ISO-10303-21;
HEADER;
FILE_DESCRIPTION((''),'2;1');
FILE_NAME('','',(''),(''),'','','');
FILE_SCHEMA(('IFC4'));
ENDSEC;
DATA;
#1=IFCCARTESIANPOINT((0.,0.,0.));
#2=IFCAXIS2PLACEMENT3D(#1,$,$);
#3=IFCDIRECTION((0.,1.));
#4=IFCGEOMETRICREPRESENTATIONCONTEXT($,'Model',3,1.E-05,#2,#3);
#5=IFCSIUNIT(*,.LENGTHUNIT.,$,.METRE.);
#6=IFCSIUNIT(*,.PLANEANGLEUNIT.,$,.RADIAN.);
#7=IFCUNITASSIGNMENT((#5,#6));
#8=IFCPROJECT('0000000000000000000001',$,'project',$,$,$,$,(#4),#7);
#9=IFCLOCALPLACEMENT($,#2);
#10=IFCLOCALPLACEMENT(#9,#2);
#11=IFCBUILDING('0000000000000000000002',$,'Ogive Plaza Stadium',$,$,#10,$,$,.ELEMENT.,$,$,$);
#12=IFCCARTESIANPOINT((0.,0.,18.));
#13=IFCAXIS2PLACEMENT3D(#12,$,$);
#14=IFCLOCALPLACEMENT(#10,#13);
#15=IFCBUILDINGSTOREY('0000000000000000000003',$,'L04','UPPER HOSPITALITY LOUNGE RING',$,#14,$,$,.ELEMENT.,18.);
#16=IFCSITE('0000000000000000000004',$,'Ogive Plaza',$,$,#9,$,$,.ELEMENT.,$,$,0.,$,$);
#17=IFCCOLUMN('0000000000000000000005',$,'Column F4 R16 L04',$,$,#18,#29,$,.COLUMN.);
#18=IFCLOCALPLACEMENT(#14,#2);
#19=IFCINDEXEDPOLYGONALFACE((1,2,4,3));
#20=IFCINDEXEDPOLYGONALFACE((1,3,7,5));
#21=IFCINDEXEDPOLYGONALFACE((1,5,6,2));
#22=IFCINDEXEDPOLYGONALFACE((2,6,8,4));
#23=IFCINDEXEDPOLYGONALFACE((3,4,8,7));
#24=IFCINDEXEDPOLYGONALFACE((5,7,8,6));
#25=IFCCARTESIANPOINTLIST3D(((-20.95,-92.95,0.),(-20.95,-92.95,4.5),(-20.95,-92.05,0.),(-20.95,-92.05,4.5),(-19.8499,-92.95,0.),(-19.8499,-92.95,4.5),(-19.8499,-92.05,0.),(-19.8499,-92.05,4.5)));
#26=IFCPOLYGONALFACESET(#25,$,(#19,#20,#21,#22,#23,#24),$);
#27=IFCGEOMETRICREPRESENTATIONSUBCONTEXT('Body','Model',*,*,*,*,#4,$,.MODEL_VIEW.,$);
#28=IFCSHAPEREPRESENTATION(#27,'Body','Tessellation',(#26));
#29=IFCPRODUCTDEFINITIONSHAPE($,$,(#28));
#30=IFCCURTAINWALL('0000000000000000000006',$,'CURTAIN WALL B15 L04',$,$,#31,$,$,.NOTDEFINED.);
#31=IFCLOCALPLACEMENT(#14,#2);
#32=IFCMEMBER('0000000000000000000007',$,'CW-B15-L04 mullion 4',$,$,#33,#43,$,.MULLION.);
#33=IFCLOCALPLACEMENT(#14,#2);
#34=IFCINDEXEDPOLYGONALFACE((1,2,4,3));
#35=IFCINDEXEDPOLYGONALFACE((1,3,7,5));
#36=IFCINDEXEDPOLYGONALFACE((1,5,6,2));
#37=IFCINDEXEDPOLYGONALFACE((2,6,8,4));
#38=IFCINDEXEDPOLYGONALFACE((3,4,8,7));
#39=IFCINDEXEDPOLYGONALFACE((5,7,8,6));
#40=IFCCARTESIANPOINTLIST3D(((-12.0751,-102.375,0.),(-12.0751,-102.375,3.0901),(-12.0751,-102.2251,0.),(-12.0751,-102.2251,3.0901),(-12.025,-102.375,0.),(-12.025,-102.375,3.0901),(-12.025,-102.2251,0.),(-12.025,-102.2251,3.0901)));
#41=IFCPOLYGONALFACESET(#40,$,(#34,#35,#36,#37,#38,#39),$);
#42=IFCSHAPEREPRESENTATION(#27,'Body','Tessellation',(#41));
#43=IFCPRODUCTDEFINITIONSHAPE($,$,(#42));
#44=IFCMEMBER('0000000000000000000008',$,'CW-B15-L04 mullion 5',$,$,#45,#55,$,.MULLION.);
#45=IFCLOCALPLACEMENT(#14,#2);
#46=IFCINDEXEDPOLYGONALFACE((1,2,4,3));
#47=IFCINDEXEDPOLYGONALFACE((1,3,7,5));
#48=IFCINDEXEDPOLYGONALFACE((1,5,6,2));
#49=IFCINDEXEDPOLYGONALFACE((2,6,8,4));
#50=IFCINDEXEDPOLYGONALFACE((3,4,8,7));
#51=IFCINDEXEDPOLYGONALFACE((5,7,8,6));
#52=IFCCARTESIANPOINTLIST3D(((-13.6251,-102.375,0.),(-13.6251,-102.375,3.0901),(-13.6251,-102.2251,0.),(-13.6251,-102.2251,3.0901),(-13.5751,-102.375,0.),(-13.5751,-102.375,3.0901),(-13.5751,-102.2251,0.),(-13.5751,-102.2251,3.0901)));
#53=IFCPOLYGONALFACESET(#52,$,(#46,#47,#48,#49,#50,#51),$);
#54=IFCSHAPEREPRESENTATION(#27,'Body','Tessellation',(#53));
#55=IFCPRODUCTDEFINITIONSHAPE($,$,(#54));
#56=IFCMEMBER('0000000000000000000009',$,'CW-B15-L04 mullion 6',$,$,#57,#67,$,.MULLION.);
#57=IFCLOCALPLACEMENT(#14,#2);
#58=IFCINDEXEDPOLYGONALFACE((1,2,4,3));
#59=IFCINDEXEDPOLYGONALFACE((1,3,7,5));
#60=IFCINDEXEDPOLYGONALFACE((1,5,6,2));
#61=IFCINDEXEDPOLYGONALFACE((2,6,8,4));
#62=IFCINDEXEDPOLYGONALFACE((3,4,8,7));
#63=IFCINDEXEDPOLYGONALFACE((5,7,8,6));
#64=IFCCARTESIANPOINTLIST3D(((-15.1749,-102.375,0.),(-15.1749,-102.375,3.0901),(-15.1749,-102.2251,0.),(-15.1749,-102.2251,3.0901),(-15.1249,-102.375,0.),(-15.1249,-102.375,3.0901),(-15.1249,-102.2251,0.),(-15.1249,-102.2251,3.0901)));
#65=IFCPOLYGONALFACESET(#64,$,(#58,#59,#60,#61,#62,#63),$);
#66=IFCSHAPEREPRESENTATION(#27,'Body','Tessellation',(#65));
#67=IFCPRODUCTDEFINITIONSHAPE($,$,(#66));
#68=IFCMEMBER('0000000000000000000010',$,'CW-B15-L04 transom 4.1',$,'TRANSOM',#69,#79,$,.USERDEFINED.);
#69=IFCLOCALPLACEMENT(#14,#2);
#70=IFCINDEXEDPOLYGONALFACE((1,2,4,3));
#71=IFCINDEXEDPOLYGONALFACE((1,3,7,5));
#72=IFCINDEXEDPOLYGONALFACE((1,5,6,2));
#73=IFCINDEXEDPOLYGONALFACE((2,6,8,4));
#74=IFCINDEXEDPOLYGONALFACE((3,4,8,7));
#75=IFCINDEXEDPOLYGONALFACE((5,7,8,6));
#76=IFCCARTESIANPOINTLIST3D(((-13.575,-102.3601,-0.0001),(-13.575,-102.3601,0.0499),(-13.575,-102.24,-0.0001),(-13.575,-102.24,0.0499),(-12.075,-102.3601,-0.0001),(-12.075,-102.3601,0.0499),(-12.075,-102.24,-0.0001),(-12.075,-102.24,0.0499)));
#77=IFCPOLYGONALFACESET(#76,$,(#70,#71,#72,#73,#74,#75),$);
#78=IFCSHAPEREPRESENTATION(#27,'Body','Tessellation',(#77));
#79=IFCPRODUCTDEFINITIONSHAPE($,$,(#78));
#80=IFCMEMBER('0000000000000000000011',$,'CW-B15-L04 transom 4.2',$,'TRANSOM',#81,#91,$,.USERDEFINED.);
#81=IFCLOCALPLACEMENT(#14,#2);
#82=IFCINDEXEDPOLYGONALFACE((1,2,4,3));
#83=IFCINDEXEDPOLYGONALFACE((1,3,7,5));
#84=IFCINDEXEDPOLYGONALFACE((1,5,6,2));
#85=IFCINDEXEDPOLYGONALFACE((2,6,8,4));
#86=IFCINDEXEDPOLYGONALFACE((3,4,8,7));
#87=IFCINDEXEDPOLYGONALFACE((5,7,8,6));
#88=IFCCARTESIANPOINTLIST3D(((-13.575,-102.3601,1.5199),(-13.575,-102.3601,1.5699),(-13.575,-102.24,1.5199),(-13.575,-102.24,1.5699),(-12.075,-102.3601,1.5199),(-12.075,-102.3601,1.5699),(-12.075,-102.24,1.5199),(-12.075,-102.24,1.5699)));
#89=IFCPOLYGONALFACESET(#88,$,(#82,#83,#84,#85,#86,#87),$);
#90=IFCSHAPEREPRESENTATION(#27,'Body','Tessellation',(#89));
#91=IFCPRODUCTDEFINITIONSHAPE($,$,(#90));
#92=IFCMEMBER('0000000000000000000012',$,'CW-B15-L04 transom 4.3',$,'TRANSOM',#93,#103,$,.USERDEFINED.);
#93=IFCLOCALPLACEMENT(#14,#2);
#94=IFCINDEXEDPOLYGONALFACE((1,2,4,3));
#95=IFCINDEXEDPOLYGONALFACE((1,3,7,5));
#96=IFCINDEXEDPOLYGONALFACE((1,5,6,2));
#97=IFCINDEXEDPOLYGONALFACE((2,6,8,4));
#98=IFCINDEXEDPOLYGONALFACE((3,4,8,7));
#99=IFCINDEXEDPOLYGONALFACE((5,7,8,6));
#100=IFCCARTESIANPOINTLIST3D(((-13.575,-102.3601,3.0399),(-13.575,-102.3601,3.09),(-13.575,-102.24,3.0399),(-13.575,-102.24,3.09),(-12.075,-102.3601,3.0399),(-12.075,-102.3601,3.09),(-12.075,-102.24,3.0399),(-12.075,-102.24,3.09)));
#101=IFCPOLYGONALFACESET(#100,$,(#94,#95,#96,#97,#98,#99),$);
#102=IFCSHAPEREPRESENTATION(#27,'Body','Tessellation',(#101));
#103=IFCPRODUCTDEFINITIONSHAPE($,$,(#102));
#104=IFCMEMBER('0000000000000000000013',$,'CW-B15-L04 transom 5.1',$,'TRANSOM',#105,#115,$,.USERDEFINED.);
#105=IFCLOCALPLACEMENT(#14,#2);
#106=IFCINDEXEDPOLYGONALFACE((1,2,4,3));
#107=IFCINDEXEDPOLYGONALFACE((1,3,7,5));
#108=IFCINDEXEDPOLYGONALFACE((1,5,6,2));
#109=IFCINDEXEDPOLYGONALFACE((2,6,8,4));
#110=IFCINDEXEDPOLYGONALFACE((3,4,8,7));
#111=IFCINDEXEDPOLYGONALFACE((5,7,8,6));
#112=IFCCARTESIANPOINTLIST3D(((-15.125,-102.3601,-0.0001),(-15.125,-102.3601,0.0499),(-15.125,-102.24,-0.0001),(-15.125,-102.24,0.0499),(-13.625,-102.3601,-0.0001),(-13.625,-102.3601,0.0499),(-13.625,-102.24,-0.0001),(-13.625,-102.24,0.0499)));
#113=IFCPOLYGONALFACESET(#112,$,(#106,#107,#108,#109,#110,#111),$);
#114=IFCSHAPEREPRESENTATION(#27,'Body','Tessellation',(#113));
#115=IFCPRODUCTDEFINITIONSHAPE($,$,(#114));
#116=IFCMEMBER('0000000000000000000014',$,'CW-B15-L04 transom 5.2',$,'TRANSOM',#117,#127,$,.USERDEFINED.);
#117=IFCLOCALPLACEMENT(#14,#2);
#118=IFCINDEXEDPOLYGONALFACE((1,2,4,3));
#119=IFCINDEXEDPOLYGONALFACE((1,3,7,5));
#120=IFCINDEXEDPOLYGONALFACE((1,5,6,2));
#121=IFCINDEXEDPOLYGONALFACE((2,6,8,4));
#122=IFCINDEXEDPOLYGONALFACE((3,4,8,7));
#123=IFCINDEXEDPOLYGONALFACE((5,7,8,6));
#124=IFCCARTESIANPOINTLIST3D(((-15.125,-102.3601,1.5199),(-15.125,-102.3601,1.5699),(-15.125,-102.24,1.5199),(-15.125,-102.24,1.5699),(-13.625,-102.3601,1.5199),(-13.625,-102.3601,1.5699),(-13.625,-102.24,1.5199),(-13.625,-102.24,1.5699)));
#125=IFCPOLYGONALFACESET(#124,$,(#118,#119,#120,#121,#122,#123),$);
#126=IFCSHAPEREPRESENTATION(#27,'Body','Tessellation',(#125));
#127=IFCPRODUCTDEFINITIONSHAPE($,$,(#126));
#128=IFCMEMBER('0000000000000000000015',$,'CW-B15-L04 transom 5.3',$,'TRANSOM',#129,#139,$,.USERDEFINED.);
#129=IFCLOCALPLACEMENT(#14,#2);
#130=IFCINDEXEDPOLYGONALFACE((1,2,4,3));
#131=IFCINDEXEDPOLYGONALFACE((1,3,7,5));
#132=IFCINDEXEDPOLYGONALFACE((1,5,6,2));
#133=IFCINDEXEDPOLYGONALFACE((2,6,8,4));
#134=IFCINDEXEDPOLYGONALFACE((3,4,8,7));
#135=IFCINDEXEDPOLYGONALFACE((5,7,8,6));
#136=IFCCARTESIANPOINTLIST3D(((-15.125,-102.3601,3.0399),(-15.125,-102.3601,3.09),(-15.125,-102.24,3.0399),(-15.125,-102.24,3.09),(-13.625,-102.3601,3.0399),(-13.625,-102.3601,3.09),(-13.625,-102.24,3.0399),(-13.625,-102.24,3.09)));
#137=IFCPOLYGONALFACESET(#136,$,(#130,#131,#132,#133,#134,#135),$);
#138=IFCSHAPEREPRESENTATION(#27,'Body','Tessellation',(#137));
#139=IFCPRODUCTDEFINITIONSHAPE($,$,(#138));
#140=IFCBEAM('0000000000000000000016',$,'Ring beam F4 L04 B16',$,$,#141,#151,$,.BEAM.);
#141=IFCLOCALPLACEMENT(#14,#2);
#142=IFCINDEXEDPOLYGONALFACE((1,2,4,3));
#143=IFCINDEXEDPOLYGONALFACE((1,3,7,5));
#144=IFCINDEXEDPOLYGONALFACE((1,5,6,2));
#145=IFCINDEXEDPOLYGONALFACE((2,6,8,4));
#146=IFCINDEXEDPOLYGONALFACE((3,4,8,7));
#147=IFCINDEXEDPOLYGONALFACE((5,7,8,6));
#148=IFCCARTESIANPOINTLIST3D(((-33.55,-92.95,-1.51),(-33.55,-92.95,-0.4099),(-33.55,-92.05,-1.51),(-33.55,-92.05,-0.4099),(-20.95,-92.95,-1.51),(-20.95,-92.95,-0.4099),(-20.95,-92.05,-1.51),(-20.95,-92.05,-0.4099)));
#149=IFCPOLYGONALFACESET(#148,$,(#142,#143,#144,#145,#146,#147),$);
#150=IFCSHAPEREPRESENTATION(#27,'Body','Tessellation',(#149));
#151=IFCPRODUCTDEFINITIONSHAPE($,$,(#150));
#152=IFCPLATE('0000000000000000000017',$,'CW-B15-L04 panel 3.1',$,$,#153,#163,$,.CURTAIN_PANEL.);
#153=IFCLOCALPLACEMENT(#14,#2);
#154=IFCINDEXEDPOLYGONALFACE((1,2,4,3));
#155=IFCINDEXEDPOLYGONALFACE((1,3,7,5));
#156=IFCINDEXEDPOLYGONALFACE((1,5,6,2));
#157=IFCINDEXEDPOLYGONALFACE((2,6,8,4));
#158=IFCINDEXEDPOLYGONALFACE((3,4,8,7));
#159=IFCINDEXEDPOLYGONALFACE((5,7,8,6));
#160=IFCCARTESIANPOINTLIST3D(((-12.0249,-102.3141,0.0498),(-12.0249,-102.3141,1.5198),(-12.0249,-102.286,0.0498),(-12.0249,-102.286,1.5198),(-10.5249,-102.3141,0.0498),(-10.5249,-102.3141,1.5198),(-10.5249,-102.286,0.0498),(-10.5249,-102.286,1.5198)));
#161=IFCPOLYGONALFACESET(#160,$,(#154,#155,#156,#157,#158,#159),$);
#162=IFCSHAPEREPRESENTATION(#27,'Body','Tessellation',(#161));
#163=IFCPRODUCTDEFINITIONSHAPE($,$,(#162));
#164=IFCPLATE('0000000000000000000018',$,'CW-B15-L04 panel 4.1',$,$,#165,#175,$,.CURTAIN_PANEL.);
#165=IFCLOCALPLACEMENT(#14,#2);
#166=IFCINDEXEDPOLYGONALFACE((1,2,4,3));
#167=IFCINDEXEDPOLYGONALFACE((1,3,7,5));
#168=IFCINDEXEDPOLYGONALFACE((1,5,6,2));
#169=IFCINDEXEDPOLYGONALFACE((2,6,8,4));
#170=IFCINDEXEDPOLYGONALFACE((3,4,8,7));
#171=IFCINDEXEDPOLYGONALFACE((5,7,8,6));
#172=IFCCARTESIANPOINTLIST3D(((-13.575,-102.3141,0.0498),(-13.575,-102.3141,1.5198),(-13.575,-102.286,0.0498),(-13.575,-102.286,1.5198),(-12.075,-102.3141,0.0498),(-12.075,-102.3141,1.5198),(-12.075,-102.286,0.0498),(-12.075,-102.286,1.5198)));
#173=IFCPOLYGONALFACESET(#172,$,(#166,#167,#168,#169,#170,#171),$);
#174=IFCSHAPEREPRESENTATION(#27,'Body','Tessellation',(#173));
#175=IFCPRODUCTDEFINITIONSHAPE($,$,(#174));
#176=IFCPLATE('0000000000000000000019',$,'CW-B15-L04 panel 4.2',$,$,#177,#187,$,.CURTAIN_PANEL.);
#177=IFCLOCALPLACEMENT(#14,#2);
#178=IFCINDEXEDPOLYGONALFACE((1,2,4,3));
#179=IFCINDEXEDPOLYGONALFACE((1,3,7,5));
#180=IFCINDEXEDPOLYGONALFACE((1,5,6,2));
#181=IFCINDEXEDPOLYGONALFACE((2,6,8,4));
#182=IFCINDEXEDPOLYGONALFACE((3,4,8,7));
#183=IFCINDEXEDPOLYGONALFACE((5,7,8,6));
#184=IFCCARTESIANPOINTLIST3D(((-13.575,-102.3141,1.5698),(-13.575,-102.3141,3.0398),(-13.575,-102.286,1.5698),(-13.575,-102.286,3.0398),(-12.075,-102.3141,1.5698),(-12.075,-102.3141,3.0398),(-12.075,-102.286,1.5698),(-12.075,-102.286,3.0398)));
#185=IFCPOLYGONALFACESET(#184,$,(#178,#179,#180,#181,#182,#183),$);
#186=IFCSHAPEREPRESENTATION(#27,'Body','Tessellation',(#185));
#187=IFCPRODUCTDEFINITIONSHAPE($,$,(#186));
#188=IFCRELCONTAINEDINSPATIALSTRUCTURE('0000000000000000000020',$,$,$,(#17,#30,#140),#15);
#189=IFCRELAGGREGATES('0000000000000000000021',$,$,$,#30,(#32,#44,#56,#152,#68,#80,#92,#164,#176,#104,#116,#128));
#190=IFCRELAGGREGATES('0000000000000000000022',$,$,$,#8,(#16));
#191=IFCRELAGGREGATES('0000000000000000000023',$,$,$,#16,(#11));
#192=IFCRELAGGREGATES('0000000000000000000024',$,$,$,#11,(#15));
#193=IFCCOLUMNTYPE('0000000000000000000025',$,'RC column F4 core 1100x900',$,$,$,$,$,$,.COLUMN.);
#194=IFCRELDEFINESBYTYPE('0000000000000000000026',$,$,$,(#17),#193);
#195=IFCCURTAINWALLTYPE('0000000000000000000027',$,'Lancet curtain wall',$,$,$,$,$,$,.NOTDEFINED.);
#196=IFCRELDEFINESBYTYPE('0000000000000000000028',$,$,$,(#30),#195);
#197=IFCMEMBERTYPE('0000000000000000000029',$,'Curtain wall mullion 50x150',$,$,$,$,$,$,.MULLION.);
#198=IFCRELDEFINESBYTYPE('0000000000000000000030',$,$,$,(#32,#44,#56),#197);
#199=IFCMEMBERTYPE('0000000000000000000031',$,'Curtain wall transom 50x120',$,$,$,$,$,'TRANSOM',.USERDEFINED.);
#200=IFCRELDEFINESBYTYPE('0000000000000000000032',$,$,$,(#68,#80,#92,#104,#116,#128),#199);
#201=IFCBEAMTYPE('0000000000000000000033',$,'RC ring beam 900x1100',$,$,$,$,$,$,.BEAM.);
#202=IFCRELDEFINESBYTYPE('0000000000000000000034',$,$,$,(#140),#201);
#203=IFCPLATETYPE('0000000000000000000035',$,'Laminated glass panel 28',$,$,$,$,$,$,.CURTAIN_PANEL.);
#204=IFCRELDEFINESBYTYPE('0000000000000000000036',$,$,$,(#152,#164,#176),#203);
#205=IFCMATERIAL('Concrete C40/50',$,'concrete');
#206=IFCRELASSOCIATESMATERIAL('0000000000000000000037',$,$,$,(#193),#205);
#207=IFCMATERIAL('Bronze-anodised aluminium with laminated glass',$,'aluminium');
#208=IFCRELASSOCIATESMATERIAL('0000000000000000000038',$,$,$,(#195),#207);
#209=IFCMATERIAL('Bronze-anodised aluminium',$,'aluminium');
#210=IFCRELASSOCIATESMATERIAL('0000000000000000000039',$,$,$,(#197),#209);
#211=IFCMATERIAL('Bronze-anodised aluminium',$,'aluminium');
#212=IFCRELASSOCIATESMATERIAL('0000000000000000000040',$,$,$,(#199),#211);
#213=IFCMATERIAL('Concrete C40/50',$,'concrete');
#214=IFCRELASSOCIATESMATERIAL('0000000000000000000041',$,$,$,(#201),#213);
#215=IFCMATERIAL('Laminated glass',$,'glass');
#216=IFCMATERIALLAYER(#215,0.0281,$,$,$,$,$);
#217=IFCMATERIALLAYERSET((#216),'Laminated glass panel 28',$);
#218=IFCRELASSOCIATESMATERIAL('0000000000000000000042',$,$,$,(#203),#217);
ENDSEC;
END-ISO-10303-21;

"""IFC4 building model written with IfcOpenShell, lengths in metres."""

from ifc_helpers import new_model, si_unit, direction, frame, origin, origin_2d, place, context, subcontext, project, spatial, rectangle, extrude, material, layer, layer_set, material_profile, profile_set, type_object, element, aggregate, save


model = new_model("IFC4")

# Units and contexts
model_context = context("Model", 3, precision=1e-05, world=origin(), true_north=direction((0.0, 1.0)))
body_context = subcontext(model_context, "Body", "Model", "MODEL_VIEW")
ifc_project = project(units=[si_unit("LENGTHUNIT", "METRE"), si_unit("PLANEANGLEUNIT", "RADIAN")], contexts=[model_context])

# Site, building, storey
site_placement = place(None, origin())
site = spatial("IfcSite", under=ifc_project, at=site_placement, Name="Ogive Plaza", CompositionType="ELEMENT", RefElevation=0.0)
building_placement = place(site_placement, origin())
building = spatial("IfcBuilding", under=site, at=building_placement, Name="Ogive Plaza Stadium", CompositionType="ELEMENT")
storey_placement = place(building_placement, frame((0.0, 0.0, 18.0)))
storey = spatial("IfcBuildingStorey", under=building, at=storey_placement, Name="L04", Description="UPPER HOSPITALITY LOUNGE RING", CompositionType="ELEMENT", Elevation=18.0)

# Column
ifc_material_1 = material(Name="Concrete C40/50", Category="concrete")
ifc_material_profile_1 = material_profile(ifc_material_1, rectangle(XDim=1.1001, YDim=0.8999, at=origin_2d()), Name="RC 1100x900")
ifc_profile_set_1 = profile_set([ifc_material_profile_1], Name="Concrete C40/50")
column_type = type_object("IfcColumnType", Name="RC column F4 core 1100x900", PredefinedType="COLUMN", material=ifc_profile_set_1)
column_placement = place(storey_placement, frame((-20.3999, -92.5, 0.0), z_axis=(0.0, 0.0, 1.0), x_axis=(1.0, 0.0, 0.0)))
element("IfcColumn", 1, at=column_placement, inside=storey, type_object=column_type, Name="Column F4 R16 L04", PredefinedType="COLUMN", context=body_context, shape_type="SweptSolid", body=[
    extrude(rectangle(XDim=1.1001, YDim=0.8999, at=origin_2d()), origin(), (0.0, 0.0, 1.0), 4.5),
])

# Curtain wall, members
ifc_material_2 = material(Name="Bronze-anodised aluminium with laminated glass", Category="aluminium")
curtain_wall_type = type_object("IfcCurtainWallType", Name="Lancet curtain wall", PredefinedType="NOTDEFINED", material=ifc_material_2)
curtain_wall_placement = place(storey_placement, origin())
curtain_wall = element("IfcCurtainWall", 2, at=curtain_wall_placement, inside=storey, type_object=curtain_wall_type, Name="CURTAIN WALL B15 L04", PredefinedType="NOTDEFINED")
ifc_material_3 = material(Name="Bronze-anodised aluminium", Category="aluminium")
ifc_material_profile_2 = material_profile(ifc_material_3, rectangle(XDim=0.1499, YDim=0.05, at=origin_2d()), Name="AL 150x50")
ifc_profile_set_2 = profile_set([ifc_material_profile_2], Name="Bronze-anodised aluminium")
member_type_1 = type_object("IfcMemberType", Name="Curtain wall mullion 50x150", PredefinedType="MULLION", material=ifc_profile_set_2)
member_1_placement = place(storey_placement, frame((-12.05, -102.3, 0.0), z_axis=(0.0, 0.0, 1.0), x_axis=(0.0, -1.0, 0.0)))
member_1 = element("IfcMember", 3, at=member_1_placement, type_object=member_type_1, Name="CW-B15-L04 mullion 4", PredefinedType="MULLION", context=body_context, shape_type="SweptSolid", body=[
    extrude(rectangle(XDim=0.1499, YDim=0.05, at=origin_2d()), origin(), (0.0, 0.0, 1.0), 3.0901),
])
member_2_placement = place(storey_placement, frame((-13.6001, -102.3, 0.0), z_axis=(0.0, 0.0, 1.0), x_axis=(0.0, -1.0, 0.0)))
member_2 = element("IfcMember", 4, at=member_2_placement, type_object=member_type_1, Name="CW-B15-L04 mullion 5", PredefinedType="MULLION", context=body_context, shape_type="SweptSolid", body=[
    extrude(rectangle(XDim=0.1499, YDim=0.05, at=origin_2d()), origin(), (0.0, 0.0, 1.0), 3.0901),
])
member_3_placement = place(storey_placement, frame((-15.1499, -102.3, 0.0), z_axis=(0.0, 0.0, 1.0), x_axis=(0.0, -1.0, 0.0)))
member_3 = element("IfcMember", 5, at=member_3_placement, type_object=member_type_1, Name="CW-B15-L04 mullion 6", PredefinedType="MULLION", context=body_context, shape_type="SweptSolid", body=[
    extrude(rectangle(XDim=0.1499, YDim=0.05, at=origin_2d()), origin(), (0.0, 0.0, 1.0), 3.0901),
])
ifc_material_4 = material(Name="Bronze-anodised aluminium", Category="aluminium")
ifc_material_profile_3 = material_profile(ifc_material_4, rectangle(XDim=0.1201, YDim=0.05, at=origin_2d()), Name="AL 120x50")
ifc_profile_set_3 = profile_set([ifc_material_profile_3], Name="Bronze-anodised aluminium")
member_type_2 = type_object("IfcMemberType", Name="Curtain wall transom 50x120", ElementType="TRANSOM", PredefinedType="USERDEFINED", material=ifc_profile_set_3)
member_4_placement = place(storey_placement, frame((-12.075, -102.3, 0.0249), z_axis=(-1.0, 0.0, 0.0), x_axis=(0.0, -1.0, 0.0)))
member_4 = element("IfcMember", 6, at=member_4_placement, type_object=member_type_2, Name="CW-B15-L04 transom 4.1", ObjectType="TRANSOM", PredefinedType="USERDEFINED", context=body_context, shape_type="SweptSolid", body=[
    extrude(rectangle(XDim=0.1201, YDim=0.05, at=origin_2d()), origin(), (0.0, 0.0, 1.0), 1.5),
])
member_5_placement = place(storey_placement, frame((-12.075, -102.3, 1.5449), z_axis=(-1.0, 0.0, 0.0), x_axis=(0.0, -1.0, 0.0)))
member_5 = element("IfcMember", 7, at=member_5_placement, type_object=member_type_2, Name="CW-B15-L04 transom 4.2", ObjectType="TRANSOM", PredefinedType="USERDEFINED", context=body_context, shape_type="SweptSolid", body=[
    extrude(rectangle(XDim=0.1201, YDim=0.05, at=origin_2d()), origin(), (0.0, 0.0, 1.0), 1.5),
])
member_6_placement = place(storey_placement, frame((-12.075, -102.3, 3.0649), z_axis=(-1.0, 0.0, 0.0), x_axis=(0.0, -1.0, 0.0)))
member_6 = element("IfcMember", 8, at=member_6_placement, type_object=member_type_2, Name="CW-B15-L04 transom 4.3", ObjectType="TRANSOM", PredefinedType="USERDEFINED", context=body_context, shape_type="SweptSolid", body=[
    extrude(rectangle(XDim=0.1201, YDim=0.05, at=origin_2d()), origin(), (0.0, 0.0, 1.0), 1.5),
])
member_7_placement = place(storey_placement, frame((-13.625, -102.3, 0.0249), z_axis=(-1.0, 0.0, 0.0), x_axis=(0.0, -1.0, 0.0)))
member_7 = element("IfcMember", 9, at=member_7_placement, type_object=member_type_2, Name="CW-B15-L04 transom 5.1", ObjectType="TRANSOM", PredefinedType="USERDEFINED", context=body_context, shape_type="SweptSolid", body=[
    extrude(rectangle(XDim=0.1201, YDim=0.05, at=origin_2d()), origin(), (0.0, 0.0, 1.0), 1.5),
])
member_8_placement = place(storey_placement, frame((-13.625, -102.3, 1.5449), z_axis=(-1.0, 0.0, 0.0), x_axis=(0.0, -1.0, 0.0)))
member_8 = element("IfcMember", 10, at=member_8_placement, type_object=member_type_2, Name="CW-B15-L04 transom 5.2", ObjectType="TRANSOM", PredefinedType="USERDEFINED", context=body_context, shape_type="SweptSolid", body=[
    extrude(rectangle(XDim=0.1201, YDim=0.05, at=origin_2d()), origin(), (0.0, 0.0, 1.0), 1.5),
])
member_9_placement = place(storey_placement, frame((-13.625, -102.3, 3.0649), z_axis=(-1.0, 0.0, 0.0), x_axis=(0.0, -1.0, 0.0)))
member_9 = element("IfcMember", 11, at=member_9_placement, type_object=member_type_2, Name="CW-B15-L04 transom 5.3", ObjectType="TRANSOM", PredefinedType="USERDEFINED", context=body_context, shape_type="SweptSolid", body=[
    extrude(rectangle(XDim=0.1201, YDim=0.05, at=origin_2d()), origin(), (0.0, 0.0, 1.0), 1.5),
])

# Beam
ifc_material_5 = material(Name="Concrete C40/50", Category="concrete")
ifc_material_profile_4 = material_profile(ifc_material_5, rectangle(XDim=0.8999, YDim=1.1001, at=origin_2d()), Name="RC 900x1100")
ifc_profile_set_4 = profile_set([ifc_material_profile_4], Name="Concrete C40/50")
beam_type = type_object("IfcBeamType", Name="RC ring beam 900x1100", PredefinedType="BEAM", material=ifc_profile_set_4)
beam_placement = place(storey_placement, frame((-20.95, -92.5, -0.96), z_axis=(-1.0, 0.0, 0.0), x_axis=(0.0, -1.0, 0.0)))
element("IfcBeam", 12, at=beam_placement, inside=storey, type_object=beam_type, Name="Ring beam F4 L04 B16", PredefinedType="BEAM", context=body_context, shape_type="SweptSolid", body=[
    extrude(rectangle(XDim=0.8999, YDim=1.1001, at=origin_2d()), origin(), (0.0, 0.0, 1.0), 12.6001),
])

# Plates
ifc_material_6 = material(Name="Laminated glass", Category="glass")
ifc_layer_1 = layer(ifc_material_6, 0.0281)
ifc_layer_set_1 = layer_set([ifc_layer_1], Name="Laminated glass panel 28")
plate_type = type_object("IfcPlateType", Name="Laminated glass panel 28", PredefinedType="CURTAIN_PANEL", material=ifc_layer_set_1)
plate_1_placement = place(storey_placement, frame((-11.2749, -102.3, 0.0498), z_axis=(0.0, 0.0, 1.0), x_axis=(-1.0, 0.0, 0.0)))
plate_1 = element("IfcPlate", 13, at=plate_1_placement, type_object=plate_type, Name="CW-B15-L04 panel 3.1", PredefinedType="CURTAIN_PANEL", context=body_context, shape_type="SweptSolid", body=[
    extrude(rectangle(XDim=1.5, YDim=0.0281, at=origin_2d()), origin(), (0.0, 0.0, 1.0), 1.47),
])
plate_2_placement = place(storey_placement, frame((-12.825, -102.3, 0.0498), z_axis=(0.0, 0.0, 1.0), x_axis=(-1.0, 0.0, 0.0)))
plate_2 = element("IfcPlate", 14, at=plate_2_placement, type_object=plate_type, Name="CW-B15-L04 panel 4.1", PredefinedType="CURTAIN_PANEL", context=body_context, shape_type="SweptSolid", body=[
    extrude(rectangle(XDim=1.5, YDim=0.0281, at=origin_2d()), origin(), (0.0, 0.0, 1.0), 1.47),
])
plate_3_placement = place(storey_placement, frame((-12.825, -102.3, 1.5698), z_axis=(0.0, 0.0, 1.0), x_axis=(-1.0, 0.0, 0.0)))
plate_3 = element("IfcPlate", 15, at=plate_3_placement, type_object=plate_type, Name="CW-B15-L04 panel 4.2", PredefinedType="CURTAIN_PANEL", context=body_context, shape_type="SweptSolid", body=[
    extrude(rectangle(XDim=1.5, YDim=0.0281, at=origin_2d()), origin(), (0.0, 0.0, 1.0), 1.47),
])
aggregate(curtain_wall, [member_1, member_2, member_3, plate_1, member_4, member_5, member_6, plate_2, plate_3, member_7, member_8, member_9])

save(model, "model.ifc")
